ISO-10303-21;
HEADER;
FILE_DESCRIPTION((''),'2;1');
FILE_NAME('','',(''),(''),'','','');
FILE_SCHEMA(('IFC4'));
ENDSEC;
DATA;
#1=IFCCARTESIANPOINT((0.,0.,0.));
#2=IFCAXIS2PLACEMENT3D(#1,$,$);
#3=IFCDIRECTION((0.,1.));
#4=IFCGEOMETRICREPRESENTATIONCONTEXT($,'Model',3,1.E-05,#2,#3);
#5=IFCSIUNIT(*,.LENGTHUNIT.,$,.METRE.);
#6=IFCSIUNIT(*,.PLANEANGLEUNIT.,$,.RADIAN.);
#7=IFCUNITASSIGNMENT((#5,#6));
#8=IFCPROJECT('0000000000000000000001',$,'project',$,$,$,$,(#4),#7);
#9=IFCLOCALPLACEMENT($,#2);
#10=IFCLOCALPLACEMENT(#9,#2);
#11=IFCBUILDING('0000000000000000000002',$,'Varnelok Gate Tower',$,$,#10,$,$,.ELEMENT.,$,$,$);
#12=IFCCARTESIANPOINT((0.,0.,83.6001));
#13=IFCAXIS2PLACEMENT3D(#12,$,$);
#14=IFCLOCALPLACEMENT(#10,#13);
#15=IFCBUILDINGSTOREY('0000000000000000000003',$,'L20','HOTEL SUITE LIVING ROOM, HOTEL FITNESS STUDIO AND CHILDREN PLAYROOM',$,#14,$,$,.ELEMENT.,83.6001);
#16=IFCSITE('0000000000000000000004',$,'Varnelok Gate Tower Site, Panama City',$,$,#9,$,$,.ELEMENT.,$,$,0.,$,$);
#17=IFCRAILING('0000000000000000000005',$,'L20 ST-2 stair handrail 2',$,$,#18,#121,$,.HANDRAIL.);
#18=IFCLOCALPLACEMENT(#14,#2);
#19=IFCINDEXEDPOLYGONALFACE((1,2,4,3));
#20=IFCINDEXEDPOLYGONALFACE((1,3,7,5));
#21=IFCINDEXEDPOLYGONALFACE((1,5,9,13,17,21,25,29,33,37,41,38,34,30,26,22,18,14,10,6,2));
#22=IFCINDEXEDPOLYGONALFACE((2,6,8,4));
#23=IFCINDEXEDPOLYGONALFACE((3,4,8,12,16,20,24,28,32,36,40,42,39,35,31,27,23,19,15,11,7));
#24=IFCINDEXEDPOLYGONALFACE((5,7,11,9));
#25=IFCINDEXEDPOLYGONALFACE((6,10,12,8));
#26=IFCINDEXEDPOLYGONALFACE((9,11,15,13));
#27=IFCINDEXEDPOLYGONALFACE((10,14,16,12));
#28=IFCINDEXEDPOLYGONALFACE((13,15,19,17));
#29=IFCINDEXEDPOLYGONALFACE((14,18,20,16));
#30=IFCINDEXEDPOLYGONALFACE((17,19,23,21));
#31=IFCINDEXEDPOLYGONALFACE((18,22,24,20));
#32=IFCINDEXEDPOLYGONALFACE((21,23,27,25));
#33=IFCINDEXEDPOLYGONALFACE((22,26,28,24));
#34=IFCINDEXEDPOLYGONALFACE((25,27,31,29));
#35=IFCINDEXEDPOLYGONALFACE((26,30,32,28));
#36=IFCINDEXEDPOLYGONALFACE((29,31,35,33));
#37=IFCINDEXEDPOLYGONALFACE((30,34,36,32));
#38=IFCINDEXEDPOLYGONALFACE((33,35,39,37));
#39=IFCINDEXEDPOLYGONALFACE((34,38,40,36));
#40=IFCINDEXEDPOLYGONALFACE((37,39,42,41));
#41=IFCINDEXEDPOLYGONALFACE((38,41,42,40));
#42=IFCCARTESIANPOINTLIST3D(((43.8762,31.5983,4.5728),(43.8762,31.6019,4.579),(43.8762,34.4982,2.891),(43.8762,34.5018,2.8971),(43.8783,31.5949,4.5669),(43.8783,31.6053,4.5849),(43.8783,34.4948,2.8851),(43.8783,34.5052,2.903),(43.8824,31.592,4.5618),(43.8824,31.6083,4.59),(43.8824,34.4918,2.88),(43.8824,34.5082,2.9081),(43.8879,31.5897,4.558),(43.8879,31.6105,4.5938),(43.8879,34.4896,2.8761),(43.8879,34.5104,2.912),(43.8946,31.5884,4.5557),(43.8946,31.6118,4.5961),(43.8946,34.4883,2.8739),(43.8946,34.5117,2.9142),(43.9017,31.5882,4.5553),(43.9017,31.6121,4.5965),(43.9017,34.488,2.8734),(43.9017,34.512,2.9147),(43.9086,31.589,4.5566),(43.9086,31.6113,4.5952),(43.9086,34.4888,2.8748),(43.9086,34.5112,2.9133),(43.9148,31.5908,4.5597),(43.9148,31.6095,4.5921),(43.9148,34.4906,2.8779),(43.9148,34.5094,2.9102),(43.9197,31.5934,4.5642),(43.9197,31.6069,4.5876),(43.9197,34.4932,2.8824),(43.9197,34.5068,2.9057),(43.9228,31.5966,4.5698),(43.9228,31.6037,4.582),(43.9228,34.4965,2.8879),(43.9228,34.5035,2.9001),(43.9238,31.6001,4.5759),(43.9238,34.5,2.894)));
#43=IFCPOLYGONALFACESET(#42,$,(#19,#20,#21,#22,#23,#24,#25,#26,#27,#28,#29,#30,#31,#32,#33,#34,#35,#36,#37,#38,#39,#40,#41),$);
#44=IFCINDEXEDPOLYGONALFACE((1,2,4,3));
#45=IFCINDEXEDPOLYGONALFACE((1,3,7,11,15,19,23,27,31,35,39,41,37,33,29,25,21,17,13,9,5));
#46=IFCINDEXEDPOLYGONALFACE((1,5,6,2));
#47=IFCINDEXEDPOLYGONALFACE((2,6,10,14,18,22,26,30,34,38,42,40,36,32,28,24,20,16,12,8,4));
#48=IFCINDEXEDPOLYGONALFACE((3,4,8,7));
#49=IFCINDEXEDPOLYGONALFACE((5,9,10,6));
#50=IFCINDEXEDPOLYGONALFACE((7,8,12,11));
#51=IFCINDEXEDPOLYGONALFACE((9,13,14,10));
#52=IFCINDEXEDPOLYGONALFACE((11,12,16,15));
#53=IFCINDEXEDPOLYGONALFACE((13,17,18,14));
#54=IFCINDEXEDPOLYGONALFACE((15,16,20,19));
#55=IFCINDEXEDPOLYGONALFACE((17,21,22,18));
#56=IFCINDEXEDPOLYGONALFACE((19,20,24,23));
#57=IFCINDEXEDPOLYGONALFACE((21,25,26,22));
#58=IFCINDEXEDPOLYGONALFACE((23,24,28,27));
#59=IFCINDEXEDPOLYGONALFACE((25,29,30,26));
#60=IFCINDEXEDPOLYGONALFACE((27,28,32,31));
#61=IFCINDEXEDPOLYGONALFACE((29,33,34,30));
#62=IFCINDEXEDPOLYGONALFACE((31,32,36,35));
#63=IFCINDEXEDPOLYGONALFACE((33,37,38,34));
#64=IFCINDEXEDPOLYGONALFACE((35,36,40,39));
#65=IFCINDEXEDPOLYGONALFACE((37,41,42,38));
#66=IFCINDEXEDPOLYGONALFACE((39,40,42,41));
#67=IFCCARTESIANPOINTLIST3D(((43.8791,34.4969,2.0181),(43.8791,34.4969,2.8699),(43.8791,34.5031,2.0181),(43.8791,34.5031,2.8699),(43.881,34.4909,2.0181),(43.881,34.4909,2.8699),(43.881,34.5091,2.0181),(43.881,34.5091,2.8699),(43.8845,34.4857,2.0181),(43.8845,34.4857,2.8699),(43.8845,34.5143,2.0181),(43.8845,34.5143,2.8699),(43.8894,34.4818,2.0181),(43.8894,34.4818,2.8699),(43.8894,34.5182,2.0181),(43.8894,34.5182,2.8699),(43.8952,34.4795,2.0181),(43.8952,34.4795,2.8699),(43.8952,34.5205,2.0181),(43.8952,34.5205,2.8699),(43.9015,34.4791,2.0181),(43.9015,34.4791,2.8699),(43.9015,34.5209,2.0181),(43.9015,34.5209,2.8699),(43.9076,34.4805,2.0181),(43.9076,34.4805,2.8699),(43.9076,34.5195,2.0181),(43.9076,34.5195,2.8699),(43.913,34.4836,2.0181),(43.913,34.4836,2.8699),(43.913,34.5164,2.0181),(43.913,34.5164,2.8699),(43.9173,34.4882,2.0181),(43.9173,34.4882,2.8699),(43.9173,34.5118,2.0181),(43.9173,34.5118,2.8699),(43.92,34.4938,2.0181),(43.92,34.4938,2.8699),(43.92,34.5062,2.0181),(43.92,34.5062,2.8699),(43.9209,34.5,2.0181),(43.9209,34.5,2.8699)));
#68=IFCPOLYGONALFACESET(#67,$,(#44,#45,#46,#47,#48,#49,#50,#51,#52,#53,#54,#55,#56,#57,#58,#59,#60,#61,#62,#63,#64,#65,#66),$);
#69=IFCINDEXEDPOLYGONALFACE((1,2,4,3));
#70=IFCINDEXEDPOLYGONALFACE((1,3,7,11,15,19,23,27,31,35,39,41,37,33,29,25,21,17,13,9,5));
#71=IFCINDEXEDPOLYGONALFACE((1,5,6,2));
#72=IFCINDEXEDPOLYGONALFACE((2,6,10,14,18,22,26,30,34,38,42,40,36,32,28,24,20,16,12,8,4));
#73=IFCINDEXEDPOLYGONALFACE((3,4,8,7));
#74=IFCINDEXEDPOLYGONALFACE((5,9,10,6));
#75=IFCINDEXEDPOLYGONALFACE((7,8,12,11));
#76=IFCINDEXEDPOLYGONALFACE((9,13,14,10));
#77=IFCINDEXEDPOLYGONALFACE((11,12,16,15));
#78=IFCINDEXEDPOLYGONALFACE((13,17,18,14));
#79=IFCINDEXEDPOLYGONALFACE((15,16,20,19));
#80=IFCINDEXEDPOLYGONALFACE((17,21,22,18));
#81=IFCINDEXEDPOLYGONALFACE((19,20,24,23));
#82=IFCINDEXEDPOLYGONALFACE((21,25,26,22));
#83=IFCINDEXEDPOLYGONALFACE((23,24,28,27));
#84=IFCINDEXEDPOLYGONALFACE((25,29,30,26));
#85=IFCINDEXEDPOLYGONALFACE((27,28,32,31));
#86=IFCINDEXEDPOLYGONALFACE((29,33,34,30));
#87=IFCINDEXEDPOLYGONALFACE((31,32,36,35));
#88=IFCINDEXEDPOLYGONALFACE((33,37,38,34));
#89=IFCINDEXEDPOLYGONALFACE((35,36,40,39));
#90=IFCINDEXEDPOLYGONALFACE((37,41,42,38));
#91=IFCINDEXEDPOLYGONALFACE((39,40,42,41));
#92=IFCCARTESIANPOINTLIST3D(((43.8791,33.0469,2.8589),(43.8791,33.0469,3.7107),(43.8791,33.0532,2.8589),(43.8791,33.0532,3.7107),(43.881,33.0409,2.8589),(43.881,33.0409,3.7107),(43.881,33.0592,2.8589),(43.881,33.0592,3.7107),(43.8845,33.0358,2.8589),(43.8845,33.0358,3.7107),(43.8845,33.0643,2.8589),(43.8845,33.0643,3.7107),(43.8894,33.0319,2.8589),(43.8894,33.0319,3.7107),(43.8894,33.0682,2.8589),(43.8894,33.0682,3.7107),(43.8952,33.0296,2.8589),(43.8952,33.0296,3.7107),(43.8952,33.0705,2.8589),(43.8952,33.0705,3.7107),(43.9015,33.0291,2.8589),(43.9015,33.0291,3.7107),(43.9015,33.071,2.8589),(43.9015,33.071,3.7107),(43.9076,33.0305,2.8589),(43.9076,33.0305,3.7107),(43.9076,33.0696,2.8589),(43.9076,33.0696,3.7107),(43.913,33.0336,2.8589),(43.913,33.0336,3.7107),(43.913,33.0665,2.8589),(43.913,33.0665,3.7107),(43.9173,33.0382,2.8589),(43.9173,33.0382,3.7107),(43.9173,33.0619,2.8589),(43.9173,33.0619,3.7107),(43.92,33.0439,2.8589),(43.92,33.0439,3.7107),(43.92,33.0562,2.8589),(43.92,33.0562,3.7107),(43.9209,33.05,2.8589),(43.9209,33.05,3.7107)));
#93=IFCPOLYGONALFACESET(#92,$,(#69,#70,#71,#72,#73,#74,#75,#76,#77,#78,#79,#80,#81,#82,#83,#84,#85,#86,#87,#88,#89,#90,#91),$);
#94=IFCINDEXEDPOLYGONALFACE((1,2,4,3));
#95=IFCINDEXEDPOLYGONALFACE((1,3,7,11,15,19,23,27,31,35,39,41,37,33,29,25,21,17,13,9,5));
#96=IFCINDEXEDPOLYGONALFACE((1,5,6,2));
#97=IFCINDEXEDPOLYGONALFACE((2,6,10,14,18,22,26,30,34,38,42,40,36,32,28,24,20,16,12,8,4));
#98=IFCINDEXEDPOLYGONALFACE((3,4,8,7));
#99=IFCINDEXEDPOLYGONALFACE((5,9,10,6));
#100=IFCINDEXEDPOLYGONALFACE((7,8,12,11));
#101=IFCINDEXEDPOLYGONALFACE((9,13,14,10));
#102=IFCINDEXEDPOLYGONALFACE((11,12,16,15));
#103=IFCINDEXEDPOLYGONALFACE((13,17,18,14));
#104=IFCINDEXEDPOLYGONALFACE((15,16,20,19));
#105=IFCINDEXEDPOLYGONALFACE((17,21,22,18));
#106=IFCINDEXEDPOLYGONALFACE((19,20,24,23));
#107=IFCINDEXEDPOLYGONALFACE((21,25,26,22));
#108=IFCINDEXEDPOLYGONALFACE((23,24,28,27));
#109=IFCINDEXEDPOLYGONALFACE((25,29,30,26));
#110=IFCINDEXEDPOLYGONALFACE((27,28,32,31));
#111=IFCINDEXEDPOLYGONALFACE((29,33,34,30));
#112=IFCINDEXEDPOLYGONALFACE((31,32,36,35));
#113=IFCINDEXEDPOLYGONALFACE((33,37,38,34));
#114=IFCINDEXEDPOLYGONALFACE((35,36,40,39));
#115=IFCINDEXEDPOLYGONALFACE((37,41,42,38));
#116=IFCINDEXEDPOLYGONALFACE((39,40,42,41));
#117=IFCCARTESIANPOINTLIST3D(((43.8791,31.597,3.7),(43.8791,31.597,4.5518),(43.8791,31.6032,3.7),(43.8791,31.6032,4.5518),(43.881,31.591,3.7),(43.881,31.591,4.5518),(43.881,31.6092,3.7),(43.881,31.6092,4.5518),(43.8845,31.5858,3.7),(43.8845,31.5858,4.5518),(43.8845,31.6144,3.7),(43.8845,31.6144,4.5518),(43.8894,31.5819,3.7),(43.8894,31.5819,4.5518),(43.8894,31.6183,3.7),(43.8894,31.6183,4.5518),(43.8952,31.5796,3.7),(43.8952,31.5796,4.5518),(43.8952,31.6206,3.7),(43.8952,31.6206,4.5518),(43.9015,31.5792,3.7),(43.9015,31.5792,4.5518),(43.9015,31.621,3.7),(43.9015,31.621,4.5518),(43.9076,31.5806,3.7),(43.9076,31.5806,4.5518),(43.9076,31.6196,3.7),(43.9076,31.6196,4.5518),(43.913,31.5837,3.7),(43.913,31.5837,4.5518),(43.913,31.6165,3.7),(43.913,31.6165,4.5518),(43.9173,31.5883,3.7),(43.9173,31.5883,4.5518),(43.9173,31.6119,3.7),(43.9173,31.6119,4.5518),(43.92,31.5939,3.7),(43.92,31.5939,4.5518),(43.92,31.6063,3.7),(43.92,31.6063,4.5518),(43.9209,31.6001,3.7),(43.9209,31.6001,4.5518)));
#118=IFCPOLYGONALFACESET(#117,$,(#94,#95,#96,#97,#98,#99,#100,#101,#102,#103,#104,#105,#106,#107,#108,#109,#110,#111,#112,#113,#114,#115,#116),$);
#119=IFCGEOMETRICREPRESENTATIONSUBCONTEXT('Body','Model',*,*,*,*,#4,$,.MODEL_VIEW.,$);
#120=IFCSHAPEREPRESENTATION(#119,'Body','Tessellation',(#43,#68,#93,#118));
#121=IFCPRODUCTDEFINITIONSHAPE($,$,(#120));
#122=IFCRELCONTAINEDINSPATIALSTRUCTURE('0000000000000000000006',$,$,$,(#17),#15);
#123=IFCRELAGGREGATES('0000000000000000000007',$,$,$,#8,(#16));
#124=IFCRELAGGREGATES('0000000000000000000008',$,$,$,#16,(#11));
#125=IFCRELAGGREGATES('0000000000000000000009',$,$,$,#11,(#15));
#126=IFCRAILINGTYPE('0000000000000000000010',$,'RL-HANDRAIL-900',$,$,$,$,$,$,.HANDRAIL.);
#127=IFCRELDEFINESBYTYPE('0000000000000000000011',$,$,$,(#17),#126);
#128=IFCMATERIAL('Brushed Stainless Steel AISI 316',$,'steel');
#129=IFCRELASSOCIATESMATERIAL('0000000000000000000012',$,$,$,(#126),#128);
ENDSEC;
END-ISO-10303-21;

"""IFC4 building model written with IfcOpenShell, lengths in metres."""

from ifc_helpers import new_model, si_unit, direction, frame, origin, origin_2d, place, context, subcontext, project, spatial, circle, extrude, material, type_object, element, save


model = new_model("IFC4")

# Units and contexts
model_context = context("Model", 3, precision=1e-05, world=origin(), true_north=direction((0.0, 1.0)))
body_context = subcontext(model_context, "Body", "Model", "MODEL_VIEW")
ifc_project = project(units=[si_unit("LENGTHUNIT", "METRE"), si_unit("PLANEANGLEUNIT", "RADIAN")], contexts=[model_context])

# Site, building, storey
site_placement = place(None, origin())
site = spatial("IfcSite", under=ifc_project, at=site_placement, Name="Varnelok Gate Tower Site, Panama City", CompositionType="ELEMENT", RefElevation=0.0)
building_placement = place(site_placement, origin())
building = spatial("IfcBuilding", under=site, at=building_placement, Name="Varnelok Gate Tower", CompositionType="ELEMENT")
storey_placement = place(building_placement, frame((0.0, 0.0, 83.6001)))
storey = spatial("IfcBuildingStorey", under=building, at=storey_placement, Name="L20", Description="HOTEL SUITE LIVING ROOM, HOTEL FITNESS STUDIO AND CHILDREN PLAYROOM", CompositionType="ELEMENT", Elevation=83.6001)

# Railing
ifc_material_1 = material(Name="Brushed Stainless Steel AISI 316", Category="steel")
railing_type_1 = type_object("IfcRailingType", Name="RL-HANDRAIL-900", PredefinedType="HANDRAIL", material=ifc_material_1)
railing_1_placement = place(storey_placement, frame((43.8999, 34.5, 2.0181)))
element("IfcRailing", 1, at=railing_1_placement, inside=storey, type_object=railing_type_1, Name="L20 ST-2 stair handrail 2", PredefinedType="HANDRAIL", context=body_context, shape_type="SweptSolid", body=[
    extrude(circle(Radius=0.0239, at=origin_2d()), frame((0.0, 0.0, 0.876), z_axis=(0.0, -0.865039, 0.501705), x_axis=(1.0, 0.0, 0.0)), (0.0, 0.0, 1.0), 3.3523),
    extrude(circle(Radius=0.021, at=origin_2d()), origin(), (0.0, 0.0, 1.0), 0.8518),
    extrude(circle(Radius=0.021, at=origin_2d()), frame((0.0, -1.45, 0.8408)), (0.0, 0.0, 1.0), 0.8518),
    extrude(circle(Radius=0.021, at=origin_2d()), frame((0.0, -2.8999, 1.6819)), (0.0, 0.0, 1.0), 0.8518),
])

save(model, "model.ifc")
